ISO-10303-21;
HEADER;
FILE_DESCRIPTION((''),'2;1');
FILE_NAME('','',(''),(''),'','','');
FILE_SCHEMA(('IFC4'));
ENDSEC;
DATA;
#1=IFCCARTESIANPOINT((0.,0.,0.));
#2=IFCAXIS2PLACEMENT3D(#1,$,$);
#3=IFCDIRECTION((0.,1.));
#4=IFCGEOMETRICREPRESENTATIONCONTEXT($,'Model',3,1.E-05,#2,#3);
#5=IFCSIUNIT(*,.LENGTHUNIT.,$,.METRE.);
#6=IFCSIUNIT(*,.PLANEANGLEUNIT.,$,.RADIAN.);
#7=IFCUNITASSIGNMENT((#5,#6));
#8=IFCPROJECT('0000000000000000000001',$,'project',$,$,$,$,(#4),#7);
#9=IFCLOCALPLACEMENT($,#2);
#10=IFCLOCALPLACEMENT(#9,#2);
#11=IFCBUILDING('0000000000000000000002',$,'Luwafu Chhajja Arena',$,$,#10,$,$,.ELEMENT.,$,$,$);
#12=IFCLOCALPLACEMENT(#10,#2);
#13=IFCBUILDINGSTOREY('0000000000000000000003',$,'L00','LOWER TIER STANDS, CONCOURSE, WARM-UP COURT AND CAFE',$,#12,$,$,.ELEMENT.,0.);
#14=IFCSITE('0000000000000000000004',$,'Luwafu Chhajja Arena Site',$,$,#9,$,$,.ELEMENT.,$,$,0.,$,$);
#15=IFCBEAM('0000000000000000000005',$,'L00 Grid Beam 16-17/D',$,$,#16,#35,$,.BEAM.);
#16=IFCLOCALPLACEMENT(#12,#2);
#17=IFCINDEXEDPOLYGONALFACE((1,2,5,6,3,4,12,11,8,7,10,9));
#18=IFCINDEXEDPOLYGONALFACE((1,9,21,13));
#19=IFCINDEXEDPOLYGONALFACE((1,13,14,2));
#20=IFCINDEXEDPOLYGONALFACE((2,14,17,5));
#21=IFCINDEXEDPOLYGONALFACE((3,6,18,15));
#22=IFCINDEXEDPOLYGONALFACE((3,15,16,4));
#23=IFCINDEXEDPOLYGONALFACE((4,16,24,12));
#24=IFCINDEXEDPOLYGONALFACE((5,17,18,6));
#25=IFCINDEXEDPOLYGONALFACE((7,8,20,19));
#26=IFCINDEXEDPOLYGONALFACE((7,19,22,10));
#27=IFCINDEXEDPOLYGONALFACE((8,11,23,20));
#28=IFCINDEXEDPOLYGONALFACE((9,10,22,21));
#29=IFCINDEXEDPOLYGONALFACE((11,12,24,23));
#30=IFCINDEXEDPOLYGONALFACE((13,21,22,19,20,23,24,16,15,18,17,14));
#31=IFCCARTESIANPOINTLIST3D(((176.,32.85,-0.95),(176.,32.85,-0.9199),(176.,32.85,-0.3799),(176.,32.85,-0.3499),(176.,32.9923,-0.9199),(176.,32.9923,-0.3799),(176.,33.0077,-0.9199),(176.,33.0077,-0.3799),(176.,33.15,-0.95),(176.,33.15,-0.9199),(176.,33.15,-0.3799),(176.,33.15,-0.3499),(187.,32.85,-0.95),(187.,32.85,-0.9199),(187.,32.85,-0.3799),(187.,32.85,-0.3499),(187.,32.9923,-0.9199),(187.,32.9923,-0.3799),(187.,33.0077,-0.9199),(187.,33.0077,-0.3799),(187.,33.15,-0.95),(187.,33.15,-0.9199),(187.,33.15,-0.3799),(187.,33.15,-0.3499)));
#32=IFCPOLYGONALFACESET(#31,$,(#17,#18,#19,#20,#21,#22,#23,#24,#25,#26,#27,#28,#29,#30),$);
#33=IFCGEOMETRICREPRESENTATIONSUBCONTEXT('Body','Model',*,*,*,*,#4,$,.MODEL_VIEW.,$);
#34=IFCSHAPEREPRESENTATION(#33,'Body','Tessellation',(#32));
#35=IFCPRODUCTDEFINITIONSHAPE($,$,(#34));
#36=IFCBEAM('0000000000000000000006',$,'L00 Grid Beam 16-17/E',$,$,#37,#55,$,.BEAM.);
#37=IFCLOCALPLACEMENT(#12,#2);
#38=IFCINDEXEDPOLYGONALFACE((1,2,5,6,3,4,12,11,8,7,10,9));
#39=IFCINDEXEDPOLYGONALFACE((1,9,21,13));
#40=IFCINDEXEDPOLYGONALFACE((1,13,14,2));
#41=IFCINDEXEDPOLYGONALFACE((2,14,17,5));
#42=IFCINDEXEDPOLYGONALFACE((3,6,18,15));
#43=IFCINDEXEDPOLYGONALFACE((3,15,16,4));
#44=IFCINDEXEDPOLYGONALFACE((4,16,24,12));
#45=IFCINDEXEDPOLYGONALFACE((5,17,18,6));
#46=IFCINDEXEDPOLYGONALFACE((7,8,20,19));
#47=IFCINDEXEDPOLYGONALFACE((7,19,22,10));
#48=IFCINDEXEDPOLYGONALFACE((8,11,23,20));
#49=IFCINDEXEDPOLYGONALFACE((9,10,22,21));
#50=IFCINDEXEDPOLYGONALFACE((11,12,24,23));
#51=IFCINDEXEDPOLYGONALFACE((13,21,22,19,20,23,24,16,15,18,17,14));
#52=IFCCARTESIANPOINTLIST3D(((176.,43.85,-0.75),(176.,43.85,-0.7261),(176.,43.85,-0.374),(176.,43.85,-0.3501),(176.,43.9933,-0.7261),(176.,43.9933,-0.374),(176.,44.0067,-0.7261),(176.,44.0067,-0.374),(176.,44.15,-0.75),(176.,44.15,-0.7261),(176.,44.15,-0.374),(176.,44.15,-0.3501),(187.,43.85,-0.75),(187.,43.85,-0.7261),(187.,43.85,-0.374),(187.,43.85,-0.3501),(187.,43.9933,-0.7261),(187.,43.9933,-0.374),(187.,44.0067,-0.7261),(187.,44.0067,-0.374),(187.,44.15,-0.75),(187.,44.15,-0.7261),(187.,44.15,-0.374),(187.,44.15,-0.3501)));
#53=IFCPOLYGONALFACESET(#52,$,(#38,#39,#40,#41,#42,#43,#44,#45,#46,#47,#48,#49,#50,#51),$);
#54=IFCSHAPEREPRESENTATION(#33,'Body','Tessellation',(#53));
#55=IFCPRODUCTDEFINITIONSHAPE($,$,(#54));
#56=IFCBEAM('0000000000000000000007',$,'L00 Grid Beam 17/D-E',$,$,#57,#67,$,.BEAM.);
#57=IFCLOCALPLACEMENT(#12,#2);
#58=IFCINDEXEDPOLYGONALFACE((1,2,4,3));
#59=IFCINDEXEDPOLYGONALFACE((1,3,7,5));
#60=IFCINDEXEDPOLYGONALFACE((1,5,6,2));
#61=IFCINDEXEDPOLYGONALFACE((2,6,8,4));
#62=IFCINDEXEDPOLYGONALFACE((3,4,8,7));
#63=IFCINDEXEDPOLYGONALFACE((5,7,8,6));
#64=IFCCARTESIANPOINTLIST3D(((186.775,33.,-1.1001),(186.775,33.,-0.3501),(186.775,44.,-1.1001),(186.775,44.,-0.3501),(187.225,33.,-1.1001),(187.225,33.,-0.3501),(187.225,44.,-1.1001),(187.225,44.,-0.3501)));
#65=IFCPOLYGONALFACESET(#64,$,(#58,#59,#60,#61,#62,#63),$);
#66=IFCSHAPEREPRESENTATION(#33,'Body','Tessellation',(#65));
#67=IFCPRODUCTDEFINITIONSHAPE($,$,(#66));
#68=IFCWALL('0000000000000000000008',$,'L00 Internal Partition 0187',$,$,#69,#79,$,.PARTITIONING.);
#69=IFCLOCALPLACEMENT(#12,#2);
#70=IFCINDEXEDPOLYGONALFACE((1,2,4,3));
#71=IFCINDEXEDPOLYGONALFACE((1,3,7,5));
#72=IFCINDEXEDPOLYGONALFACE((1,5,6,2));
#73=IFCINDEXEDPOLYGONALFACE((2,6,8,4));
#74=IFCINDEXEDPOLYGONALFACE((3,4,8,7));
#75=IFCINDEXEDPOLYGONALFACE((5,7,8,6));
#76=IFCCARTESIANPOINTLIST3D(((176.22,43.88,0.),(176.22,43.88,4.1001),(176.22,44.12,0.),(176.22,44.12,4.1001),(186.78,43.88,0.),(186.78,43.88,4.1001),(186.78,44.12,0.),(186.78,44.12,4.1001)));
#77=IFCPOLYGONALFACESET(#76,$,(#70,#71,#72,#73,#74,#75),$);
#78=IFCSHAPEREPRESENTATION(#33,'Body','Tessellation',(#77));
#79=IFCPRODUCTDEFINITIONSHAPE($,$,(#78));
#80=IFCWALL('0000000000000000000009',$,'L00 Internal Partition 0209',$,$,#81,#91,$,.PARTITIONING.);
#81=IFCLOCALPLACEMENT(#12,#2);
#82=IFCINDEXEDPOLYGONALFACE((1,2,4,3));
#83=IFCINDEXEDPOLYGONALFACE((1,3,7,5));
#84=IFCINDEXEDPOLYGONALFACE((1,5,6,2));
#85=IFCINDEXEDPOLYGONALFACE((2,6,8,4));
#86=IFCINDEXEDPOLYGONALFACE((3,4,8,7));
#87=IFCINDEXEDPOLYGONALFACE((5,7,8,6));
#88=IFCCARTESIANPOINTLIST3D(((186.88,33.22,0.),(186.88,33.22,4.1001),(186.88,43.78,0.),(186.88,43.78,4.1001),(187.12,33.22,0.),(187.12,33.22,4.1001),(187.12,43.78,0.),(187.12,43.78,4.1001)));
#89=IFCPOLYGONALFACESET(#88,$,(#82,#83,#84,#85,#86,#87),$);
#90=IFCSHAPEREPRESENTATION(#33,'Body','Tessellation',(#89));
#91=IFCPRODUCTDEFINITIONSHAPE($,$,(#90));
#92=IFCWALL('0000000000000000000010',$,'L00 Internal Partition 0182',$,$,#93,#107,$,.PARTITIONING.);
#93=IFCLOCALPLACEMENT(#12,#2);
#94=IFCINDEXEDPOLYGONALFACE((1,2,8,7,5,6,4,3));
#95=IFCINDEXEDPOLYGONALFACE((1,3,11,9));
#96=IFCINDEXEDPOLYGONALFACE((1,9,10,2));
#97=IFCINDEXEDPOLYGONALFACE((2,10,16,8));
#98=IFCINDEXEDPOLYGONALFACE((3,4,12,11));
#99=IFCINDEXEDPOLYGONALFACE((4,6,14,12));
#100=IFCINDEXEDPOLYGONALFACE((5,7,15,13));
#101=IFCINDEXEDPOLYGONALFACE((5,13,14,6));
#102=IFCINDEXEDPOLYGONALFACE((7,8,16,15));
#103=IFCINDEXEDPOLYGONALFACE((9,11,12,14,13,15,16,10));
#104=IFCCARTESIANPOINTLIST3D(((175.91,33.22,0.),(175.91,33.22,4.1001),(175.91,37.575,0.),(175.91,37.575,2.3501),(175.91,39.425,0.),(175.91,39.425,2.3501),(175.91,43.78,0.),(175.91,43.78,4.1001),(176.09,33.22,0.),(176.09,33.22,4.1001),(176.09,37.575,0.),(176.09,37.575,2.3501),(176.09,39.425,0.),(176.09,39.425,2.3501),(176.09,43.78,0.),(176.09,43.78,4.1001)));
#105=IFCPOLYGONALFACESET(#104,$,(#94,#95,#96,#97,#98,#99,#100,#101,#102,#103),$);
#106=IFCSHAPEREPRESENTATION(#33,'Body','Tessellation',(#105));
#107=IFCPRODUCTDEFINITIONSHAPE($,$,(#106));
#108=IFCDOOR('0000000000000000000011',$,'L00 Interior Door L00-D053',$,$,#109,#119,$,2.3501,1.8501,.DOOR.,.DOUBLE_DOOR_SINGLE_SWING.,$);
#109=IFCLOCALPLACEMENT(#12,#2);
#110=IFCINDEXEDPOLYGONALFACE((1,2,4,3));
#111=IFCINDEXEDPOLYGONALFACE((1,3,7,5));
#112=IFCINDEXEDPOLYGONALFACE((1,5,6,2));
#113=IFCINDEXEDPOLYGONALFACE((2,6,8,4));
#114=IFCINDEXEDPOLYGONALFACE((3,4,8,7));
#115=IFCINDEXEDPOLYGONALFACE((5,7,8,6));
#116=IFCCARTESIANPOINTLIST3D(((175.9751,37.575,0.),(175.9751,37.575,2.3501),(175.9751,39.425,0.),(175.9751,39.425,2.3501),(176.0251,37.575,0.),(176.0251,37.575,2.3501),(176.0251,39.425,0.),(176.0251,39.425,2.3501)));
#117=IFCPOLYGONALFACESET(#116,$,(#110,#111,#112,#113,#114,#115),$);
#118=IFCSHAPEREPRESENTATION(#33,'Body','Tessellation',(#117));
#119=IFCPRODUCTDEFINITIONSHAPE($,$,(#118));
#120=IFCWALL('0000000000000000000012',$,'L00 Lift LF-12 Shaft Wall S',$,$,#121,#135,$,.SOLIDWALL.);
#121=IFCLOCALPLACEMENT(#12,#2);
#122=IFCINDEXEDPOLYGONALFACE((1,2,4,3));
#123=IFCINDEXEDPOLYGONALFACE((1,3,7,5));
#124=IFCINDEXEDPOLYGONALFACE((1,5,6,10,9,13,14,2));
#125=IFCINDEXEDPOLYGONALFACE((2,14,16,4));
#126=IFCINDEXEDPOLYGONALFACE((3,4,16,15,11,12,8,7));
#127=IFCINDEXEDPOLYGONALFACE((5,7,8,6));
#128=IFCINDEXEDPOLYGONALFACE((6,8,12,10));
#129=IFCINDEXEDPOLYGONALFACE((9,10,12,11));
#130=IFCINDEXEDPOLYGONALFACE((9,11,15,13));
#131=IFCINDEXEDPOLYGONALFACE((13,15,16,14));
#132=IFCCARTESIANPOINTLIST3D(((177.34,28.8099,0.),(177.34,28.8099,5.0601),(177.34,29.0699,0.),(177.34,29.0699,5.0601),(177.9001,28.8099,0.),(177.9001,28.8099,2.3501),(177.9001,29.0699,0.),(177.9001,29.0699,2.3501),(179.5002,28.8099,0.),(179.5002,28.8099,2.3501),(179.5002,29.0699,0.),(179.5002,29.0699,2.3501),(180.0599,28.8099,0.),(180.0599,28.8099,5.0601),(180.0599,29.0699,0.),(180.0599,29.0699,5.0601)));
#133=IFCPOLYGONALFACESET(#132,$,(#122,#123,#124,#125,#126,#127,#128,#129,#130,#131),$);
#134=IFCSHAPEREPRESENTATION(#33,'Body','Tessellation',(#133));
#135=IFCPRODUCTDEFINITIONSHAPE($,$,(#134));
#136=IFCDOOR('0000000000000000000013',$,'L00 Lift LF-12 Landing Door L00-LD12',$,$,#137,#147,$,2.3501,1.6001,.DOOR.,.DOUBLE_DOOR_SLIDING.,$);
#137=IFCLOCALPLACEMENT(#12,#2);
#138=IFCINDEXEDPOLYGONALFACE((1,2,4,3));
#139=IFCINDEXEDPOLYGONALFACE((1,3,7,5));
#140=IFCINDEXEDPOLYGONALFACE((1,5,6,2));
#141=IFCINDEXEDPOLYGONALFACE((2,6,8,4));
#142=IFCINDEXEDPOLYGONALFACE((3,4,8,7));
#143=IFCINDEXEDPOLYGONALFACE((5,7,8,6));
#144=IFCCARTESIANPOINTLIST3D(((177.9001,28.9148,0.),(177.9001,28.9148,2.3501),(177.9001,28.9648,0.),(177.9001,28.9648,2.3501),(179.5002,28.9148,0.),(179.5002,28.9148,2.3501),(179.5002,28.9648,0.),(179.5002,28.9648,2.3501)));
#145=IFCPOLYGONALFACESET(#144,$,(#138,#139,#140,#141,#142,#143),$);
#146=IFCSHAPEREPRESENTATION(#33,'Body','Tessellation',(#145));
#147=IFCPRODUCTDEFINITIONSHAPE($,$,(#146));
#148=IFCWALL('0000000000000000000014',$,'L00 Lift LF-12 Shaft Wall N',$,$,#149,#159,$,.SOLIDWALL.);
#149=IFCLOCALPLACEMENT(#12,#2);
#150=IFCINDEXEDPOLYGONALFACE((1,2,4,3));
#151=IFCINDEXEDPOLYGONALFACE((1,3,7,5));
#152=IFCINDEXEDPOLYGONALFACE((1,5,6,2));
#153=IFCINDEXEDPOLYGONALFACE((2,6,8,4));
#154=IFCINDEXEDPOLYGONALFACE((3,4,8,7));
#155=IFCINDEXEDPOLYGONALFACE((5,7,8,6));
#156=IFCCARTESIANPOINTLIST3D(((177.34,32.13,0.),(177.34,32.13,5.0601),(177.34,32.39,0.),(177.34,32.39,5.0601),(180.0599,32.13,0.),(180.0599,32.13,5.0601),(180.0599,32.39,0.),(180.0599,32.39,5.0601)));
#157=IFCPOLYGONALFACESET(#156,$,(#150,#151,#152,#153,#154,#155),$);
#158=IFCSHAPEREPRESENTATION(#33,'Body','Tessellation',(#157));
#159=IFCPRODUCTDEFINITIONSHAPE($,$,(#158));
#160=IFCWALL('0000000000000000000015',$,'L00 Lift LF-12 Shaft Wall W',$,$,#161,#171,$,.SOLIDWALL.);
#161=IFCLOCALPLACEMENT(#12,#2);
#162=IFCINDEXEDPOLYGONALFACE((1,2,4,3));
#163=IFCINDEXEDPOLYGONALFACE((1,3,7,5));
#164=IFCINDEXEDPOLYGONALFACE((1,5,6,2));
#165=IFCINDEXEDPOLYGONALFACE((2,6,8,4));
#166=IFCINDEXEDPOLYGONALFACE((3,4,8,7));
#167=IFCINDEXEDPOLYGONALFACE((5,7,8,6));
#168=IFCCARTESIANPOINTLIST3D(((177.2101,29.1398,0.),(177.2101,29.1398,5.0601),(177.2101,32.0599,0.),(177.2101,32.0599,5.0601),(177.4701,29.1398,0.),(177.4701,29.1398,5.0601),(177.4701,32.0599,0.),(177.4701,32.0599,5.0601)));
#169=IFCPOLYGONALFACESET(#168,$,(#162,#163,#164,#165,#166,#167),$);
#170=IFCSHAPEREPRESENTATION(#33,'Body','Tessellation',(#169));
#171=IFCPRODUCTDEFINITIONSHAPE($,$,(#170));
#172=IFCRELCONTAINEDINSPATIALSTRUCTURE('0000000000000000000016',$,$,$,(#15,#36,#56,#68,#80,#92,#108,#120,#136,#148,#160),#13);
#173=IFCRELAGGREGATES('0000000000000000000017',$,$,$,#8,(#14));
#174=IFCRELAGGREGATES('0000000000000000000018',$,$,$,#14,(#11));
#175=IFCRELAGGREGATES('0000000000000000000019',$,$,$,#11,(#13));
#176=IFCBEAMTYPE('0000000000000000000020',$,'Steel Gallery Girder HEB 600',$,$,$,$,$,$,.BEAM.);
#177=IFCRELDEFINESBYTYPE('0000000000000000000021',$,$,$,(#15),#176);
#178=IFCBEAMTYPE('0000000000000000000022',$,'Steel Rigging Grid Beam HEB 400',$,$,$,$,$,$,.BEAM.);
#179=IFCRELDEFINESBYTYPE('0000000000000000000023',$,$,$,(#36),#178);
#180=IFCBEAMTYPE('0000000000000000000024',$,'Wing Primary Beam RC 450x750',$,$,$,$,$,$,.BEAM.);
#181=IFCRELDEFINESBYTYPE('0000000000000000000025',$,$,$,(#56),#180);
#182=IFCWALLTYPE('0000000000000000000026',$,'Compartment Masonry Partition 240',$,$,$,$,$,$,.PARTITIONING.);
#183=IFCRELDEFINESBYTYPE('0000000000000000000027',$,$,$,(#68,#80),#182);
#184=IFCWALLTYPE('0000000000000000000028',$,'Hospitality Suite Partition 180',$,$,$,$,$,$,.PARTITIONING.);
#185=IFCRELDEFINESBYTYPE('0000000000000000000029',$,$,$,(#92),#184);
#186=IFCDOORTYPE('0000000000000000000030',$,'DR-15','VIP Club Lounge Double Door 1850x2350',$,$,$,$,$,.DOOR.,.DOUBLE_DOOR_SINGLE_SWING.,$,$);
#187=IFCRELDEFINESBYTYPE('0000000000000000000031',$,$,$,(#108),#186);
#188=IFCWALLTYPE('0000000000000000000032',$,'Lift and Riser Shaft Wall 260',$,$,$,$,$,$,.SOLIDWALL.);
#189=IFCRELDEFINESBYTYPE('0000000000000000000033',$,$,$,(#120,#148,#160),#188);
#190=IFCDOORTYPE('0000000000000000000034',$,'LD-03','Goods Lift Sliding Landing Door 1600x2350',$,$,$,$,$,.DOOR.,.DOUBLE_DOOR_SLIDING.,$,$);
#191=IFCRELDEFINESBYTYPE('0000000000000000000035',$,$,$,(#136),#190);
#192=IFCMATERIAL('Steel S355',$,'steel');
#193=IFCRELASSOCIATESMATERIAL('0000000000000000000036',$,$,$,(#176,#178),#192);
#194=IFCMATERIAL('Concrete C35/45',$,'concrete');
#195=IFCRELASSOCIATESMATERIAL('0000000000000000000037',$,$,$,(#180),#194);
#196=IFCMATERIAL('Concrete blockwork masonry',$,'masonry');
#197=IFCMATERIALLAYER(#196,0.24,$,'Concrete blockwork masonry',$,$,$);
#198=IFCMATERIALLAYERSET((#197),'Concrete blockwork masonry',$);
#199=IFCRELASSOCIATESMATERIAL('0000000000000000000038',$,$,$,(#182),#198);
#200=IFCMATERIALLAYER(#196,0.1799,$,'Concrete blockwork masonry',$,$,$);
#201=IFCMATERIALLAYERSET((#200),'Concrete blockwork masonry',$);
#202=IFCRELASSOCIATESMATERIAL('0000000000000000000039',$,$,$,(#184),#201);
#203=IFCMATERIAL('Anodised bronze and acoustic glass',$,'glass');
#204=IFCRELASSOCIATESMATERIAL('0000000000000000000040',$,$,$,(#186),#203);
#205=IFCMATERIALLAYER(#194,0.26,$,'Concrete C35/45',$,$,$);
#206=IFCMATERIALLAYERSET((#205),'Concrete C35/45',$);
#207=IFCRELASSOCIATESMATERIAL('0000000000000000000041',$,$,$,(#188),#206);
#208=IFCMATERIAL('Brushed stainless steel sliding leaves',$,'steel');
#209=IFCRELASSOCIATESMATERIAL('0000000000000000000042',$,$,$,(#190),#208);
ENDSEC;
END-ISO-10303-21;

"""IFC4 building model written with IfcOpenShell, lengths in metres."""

from ifc_helpers import new_model, si_unit, direction, frame, frame_2d, origin, origin_2d, place, context, subcontext, project, spatial, rectangle, i_section, extrude, material, layer, layer_set, material_profile, profile_set, type_object, element, fill, save


model = new_model("IFC4")

# Units and contexts
model_context = context("Model", 3, precision=1e-05, world=origin(), true_north=direction((0.0, 1.0)))
body_context = subcontext(model_context, "Body", "Model", "MODEL_VIEW")
ifc_project = project(units=[si_unit("LENGTHUNIT", "METRE"), si_unit("PLANEANGLEUNIT", "RADIAN")], contexts=[model_context])

# Site, building, storey
site_placement = place(None, origin())
site = spatial("IfcSite", under=ifc_project, at=site_placement, Name="Luwafu Chhajja Arena Site", CompositionType="ELEMENT", RefElevation=0.0)
building_placement = place(site_placement, origin())
building = spatial("IfcBuilding", under=site, at=building_placement, Name="Luwafu Chhajja Arena", CompositionType="ELEMENT")
storey_placement = place(building_placement, origin())
storey = spatial("IfcBuildingStorey", under=building, at=storey_placement, Name="L00", Description="LOWER TIER STANDS, CONCOURSE, WARM-UP COURT AND CAFE", CompositionType="ELEMENT", Elevation=0.0)

# Shared definitions
ifc_material_1 = material(Name="Concrete C35/45", Category="concrete")

# Beams
ifc_material_2 = material(Name="Steel S355", Category="steel")
ifc_material_profile_1 = material_profile(ifc_material_2, i_section(OverallWidth=0.3, OverallDepth=0.6001, WebThickness=0.0154, FlangeThickness=0.03, at=origin_2d()), Name="HEB 600")
ifc_profile_set_1 = profile_set([ifc_material_profile_1], Name="Steel S355")
beam_type_1 = type_object("IfcBeamType", Name="Steel Gallery Girder HEB 600", PredefinedType="BEAM", material=ifc_profile_set_1)
beam_1_placement = place(storey_placement, frame((176.0, 33.0, -0.6499), z_axis=(1.0, 0.0, 0.0), x_axis=(0.0, 1.0, 0.0)))
element("IfcBeam", 1, at=beam_1_placement, inside=storey, type_object=beam_type_1, Name="L00 Grid Beam 16-17/D", PredefinedType="BEAM", context=body_context, shape_type="SweptSolid", body=[
    extrude(i_section(OverallWidth=0.3, OverallDepth=0.6001, WebThickness=0.0154, FlangeThickness=0.03, at=origin_2d()), origin(), (0.0, 0.0, 1.0), 11.0),
])
ifc_material_profile_2 = material_profile(ifc_material_2, i_section(OverallWidth=0.3, OverallDepth=0.3999, WebThickness=0.0134, FlangeThickness=0.0239, at=origin_2d()), Name="HEB 400")
ifc_profile_set_2 = profile_set([ifc_material_profile_2], Name="Steel S355")
beam_type_2 = type_object("IfcBeamType", Name="Steel Rigging Grid Beam HEB 400", PredefinedType="BEAM", material=ifc_profile_set_2)
beam_2_placement = place(storey_placement, frame((176.0, 44.0, -0.55), z_axis=(1.0, 0.0, 0.0), x_axis=(0.0, 1.0, 0.0)))
element("IfcBeam", 2, at=beam_2_placement, inside=storey, type_object=beam_type_2, Name="L00 Grid Beam 16-17/E", PredefinedType="BEAM", context=body_context, shape_type="SweptSolid", body=[
    extrude(i_section(OverallWidth=0.3, OverallDepth=0.3999, WebThickness=0.0134, FlangeThickness=0.0239, at=origin_2d()), origin(), (0.0, 0.0, 1.0), 11.0),
])
ifc_material_profile_3 = material_profile(ifc_material_1, rectangle(XDim=0.45, YDim=0.75, at=origin_2d()), Name="RC 450x750")
ifc_profile_set_3 = profile_set([ifc_material_profile_3], Name="Concrete C35/45")
beam_type_3 = type_object("IfcBeamType", Name="Wing Primary Beam RC 450x750", PredefinedType="BEAM", material=ifc_profile_set_3)
beam_3_placement = place(storey_placement, frame((187.0, 33.0, -0.7251), z_axis=(0.0, 1.0, 0.0), x_axis=(-1.0, 0.0, 0.0)))
element("IfcBeam", 3, at=beam_3_placement, inside=storey, type_object=beam_type_3, Name="L00 Grid Beam 17/D-E", PredefinedType="BEAM", context=body_context, shape_type="SweptSolid", body=[
    extrude(rectangle(XDim=0.45, YDim=0.75, at=origin_2d()), origin(), (0.0, 0.0, 1.0), 11.0),
])

# Walls
ifc_material_3 = material(Name="Concrete blockwork masonry", Category="masonry")
ifc_layer_1 = layer(ifc_material_3, 0.24, Name="Concrete blockwork masonry")
ifc_layer_set_1 = layer_set([ifc_layer_1], Name="Concrete blockwork masonry")
wall_type_1 = type_object("IfcWallType", Name="Compartment Masonry Partition 240", PredefinedType="PARTITIONING", material=ifc_layer_set_1)
for number, where, z_axis, x_axis, name in (
    (4, (176.22, 44.0, 0.0), (0.0, 0.0, 1.0), (1.0, 0.0, 0.0), "L00 Internal Partition 0187"),
    (5, (187.0, 33.22, 0.0), (0.0, 0.0, 1.0), (0.0, 1.0, 0.0), "L00 Internal Partition 0209"),
):
    element("IfcWall", number, at=place(storey_placement, frame(where, z_axis=z_axis, x_axis=x_axis)), inside=storey, type_object=wall_type_1, Name=name, PredefinedType="PARTITIONING", context=body_context, shape_type="SweptSolid", body=[
        extrude(rectangle(XDim=10.5601, YDim=0.24, at=frame_2d((5.28, 0.0))), origin(), (0.0, 0.0, 1.0), 4.1001),
    ])

# Walls, openings, doors
ifc_layer_2 = layer(ifc_material_3, 0.1799, Name="Concrete blockwork masonry")
ifc_layer_set_2 = layer_set([ifc_layer_2], Name="Concrete blockwork masonry")
wall_type_2 = type_object("IfcWallType", Name="Hospitality Suite Partition 180", PredefinedType="PARTITIONING", material=ifc_layer_set_2)
wall_1_placement = place(storey_placement, frame((176.0, 33.22, 0.0), z_axis=(0.0, 0.0, 1.0), x_axis=(0.0, 1.0, 0.0)))
wall_1 = element("IfcWall", 6, at=wall_1_placement, inside=storey, type_object=wall_type_2, Name="L00 Internal Partition 0182", PredefinedType="PARTITIONING", context=body_context, shape_type="SweptSolid", body=[
    extrude(rectangle(XDim=10.5601, YDim=0.1799, at=frame_2d((5.28, 0.0))), origin(), (0.0, 0.0, 1.0), 4.1001),
])
opening_1_placement = place(wall_1_placement, frame((4.355, 0.0, 0.0)))
opening_1 = element("IfcOpeningElement", 7, at=opening_1_placement, cuts=wall_1, PredefinedType="OPENING", context=body_context, shape_type="SweptSolid", body=[
    extrude(rectangle(XDim=1.8501, YDim=2.3501, at=frame_2d((0.925, 1.175))), frame((0.0, 0.0999, 0.0), z_axis=(0.0, -1.0, 0.0), x_axis=(1.0, 0.0, 0.0)), (0.0, 0.0, 1.0), 0.2),
])
ifc_material_4 = material(Name="Anodised bronze and acoustic glass", Category="glass")
door_type_1 = type_object("IfcDoorType", Name="DR-15", Description="VIP Club Lounge Double Door 1850x2350", OperationType="DOUBLE_DOOR_SINGLE_SWING", PredefinedType="DOOR", material=ifc_material_4)
door_1_placement = place(opening_1_placement, origin())
door_1 = element("IfcDoor", 8, at=door_1_placement, inside=storey, type_object=door_type_1, Name="L00 Interior Door L00-D053", OperationType="DOUBLE_DOOR_SINGLE_SWING", OverallHeight=2.3501, OverallWidth=1.8501, PredefinedType="DOOR", context=body_context, shape_type="SweptSolid", body=[
    extrude(rectangle(XDim=1.8501, YDim=2.3501, at=frame_2d((0.925, 1.175))), frame((0.0, 0.0249, 0.0), z_axis=(0.0, -1.0, 0.0), x_axis=(1.0, 0.0, 0.0)), (0.0, 0.0, 1.0), 0.05),
])
fill(opening_1, door_1)
ifc_layer_3 = layer(ifc_material_1, 0.26, Name="Concrete C35/45")
ifc_layer_set_3 = layer_set([ifc_layer_3], Name="Concrete C35/45")
wall_type_3 = type_object("IfcWallType", Name="Lift and Riser Shaft Wall 260", PredefinedType="SOLIDWALL", material=ifc_layer_set_3)
wall_2_placement = place(storey_placement, frame((177.3401, 28.9399, 0.0), z_axis=(0.0, 0.0, 1.0), x_axis=(1.0, 0.0, 0.0)))
wall_2 = element("IfcWall", 9, at=wall_2_placement, inside=storey, type_object=wall_type_3, Name="L00 Lift LF-12 Shaft Wall S", PredefinedType="SOLIDWALL", context=body_context, shape_type="SweptSolid", body=[
    extrude(rectangle(XDim=2.72, YDim=0.26, at=frame_2d((1.3599, 0.0))), origin(), (0.0, 0.0, 1.0), 5.0601),
])
opening_2_placement = place(wall_2_placement, frame((0.5601, 0.0, 0.0)))
opening_2 = element("IfcOpeningElement", 10, at=opening_2_placement, cuts=wall_2, PredefinedType="OPENING", context=body_context, shape_type="SweptSolid", body=[
    extrude(rectangle(XDim=1.6001, YDim=2.3501, at=frame_2d((0.8, 1.175))), frame((0.0, 0.1399, 0.0), z_axis=(0.0, -1.0, 0.0), x_axis=(1.0, 0.0, 0.0)), (0.0, 0.0, 1.0), 0.28),
])
ifc_material_5 = material(Name="Brushed stainless steel sliding leaves", Category="steel")
door_type_2 = type_object("IfcDoorType", Name="LD-03", Description="Goods Lift Sliding Landing Door 1600x2350", OperationType="DOUBLE_DOOR_SLIDING", PredefinedType="DOOR", material=ifc_material_5)
door_2_placement = place(opening_2_placement, origin())
door_2 = element("IfcDoor", 11, at=door_2_placement, inside=storey, type_object=door_type_2, Name="L00 Lift LF-12 Landing Door L00-LD12", OperationType="DOUBLE_DOOR_SLIDING", OverallHeight=2.3501, OverallWidth=1.6001, PredefinedType="DOOR", context=body_context, shape_type="SweptSolid", body=[
    extrude(rectangle(XDim=1.6001, YDim=2.3501, at=frame_2d((0.8, 1.175))), frame((0.0, 0.0249, 0.0), z_axis=(0.0, -1.0, 0.0), x_axis=(1.0, 0.0, 0.0)), (0.0, 0.0, 1.0), 0.05),
])
fill(opening_2, door_2)

# Walls
wall_3_placement = place(storey_placement, frame((177.3401, 32.26, 0.0), z_axis=(0.0, 0.0, 1.0), x_axis=(1.0, 0.0, 0.0)))
element("IfcWall", 12, at=wall_3_placement, inside=storey, type_object=wall_type_3, Name="L00 Lift LF-12 Shaft Wall N", PredefinedType="SOLIDWALL", context=body_context, shape_type="SweptSolid", body=[
    extrude(rectangle(XDim=2.72, YDim=0.26, at=frame_2d((1.3599, 0.0))), origin(), (0.0, 0.0, 1.0), 5.0601),
])
for number, where, z_axis, x_axis, name in (
    (13, (177.3401, 29.1399, 0.0), (0.0, 0.0, 1.0), (0.0, 1.0, 0.0), "L00 Lift LF-12 Shaft Wall W"),
):
    element("IfcWall", number, at=place(storey_placement, frame(where, z_axis=z_axis, x_axis=x_axis)), inside=storey, type_object=wall_type_3, Name=name, PredefinedType="SOLIDWALL", context=body_context, shape_type="SweptSolid", body=[
        extrude(rectangle(XDim=2.9202, YDim=0.26, at=frame_2d((1.46, 0.0))), origin(), (0.0, 0.0, 1.0), 5.0601),
    ])

save(model, "model.ifc")
